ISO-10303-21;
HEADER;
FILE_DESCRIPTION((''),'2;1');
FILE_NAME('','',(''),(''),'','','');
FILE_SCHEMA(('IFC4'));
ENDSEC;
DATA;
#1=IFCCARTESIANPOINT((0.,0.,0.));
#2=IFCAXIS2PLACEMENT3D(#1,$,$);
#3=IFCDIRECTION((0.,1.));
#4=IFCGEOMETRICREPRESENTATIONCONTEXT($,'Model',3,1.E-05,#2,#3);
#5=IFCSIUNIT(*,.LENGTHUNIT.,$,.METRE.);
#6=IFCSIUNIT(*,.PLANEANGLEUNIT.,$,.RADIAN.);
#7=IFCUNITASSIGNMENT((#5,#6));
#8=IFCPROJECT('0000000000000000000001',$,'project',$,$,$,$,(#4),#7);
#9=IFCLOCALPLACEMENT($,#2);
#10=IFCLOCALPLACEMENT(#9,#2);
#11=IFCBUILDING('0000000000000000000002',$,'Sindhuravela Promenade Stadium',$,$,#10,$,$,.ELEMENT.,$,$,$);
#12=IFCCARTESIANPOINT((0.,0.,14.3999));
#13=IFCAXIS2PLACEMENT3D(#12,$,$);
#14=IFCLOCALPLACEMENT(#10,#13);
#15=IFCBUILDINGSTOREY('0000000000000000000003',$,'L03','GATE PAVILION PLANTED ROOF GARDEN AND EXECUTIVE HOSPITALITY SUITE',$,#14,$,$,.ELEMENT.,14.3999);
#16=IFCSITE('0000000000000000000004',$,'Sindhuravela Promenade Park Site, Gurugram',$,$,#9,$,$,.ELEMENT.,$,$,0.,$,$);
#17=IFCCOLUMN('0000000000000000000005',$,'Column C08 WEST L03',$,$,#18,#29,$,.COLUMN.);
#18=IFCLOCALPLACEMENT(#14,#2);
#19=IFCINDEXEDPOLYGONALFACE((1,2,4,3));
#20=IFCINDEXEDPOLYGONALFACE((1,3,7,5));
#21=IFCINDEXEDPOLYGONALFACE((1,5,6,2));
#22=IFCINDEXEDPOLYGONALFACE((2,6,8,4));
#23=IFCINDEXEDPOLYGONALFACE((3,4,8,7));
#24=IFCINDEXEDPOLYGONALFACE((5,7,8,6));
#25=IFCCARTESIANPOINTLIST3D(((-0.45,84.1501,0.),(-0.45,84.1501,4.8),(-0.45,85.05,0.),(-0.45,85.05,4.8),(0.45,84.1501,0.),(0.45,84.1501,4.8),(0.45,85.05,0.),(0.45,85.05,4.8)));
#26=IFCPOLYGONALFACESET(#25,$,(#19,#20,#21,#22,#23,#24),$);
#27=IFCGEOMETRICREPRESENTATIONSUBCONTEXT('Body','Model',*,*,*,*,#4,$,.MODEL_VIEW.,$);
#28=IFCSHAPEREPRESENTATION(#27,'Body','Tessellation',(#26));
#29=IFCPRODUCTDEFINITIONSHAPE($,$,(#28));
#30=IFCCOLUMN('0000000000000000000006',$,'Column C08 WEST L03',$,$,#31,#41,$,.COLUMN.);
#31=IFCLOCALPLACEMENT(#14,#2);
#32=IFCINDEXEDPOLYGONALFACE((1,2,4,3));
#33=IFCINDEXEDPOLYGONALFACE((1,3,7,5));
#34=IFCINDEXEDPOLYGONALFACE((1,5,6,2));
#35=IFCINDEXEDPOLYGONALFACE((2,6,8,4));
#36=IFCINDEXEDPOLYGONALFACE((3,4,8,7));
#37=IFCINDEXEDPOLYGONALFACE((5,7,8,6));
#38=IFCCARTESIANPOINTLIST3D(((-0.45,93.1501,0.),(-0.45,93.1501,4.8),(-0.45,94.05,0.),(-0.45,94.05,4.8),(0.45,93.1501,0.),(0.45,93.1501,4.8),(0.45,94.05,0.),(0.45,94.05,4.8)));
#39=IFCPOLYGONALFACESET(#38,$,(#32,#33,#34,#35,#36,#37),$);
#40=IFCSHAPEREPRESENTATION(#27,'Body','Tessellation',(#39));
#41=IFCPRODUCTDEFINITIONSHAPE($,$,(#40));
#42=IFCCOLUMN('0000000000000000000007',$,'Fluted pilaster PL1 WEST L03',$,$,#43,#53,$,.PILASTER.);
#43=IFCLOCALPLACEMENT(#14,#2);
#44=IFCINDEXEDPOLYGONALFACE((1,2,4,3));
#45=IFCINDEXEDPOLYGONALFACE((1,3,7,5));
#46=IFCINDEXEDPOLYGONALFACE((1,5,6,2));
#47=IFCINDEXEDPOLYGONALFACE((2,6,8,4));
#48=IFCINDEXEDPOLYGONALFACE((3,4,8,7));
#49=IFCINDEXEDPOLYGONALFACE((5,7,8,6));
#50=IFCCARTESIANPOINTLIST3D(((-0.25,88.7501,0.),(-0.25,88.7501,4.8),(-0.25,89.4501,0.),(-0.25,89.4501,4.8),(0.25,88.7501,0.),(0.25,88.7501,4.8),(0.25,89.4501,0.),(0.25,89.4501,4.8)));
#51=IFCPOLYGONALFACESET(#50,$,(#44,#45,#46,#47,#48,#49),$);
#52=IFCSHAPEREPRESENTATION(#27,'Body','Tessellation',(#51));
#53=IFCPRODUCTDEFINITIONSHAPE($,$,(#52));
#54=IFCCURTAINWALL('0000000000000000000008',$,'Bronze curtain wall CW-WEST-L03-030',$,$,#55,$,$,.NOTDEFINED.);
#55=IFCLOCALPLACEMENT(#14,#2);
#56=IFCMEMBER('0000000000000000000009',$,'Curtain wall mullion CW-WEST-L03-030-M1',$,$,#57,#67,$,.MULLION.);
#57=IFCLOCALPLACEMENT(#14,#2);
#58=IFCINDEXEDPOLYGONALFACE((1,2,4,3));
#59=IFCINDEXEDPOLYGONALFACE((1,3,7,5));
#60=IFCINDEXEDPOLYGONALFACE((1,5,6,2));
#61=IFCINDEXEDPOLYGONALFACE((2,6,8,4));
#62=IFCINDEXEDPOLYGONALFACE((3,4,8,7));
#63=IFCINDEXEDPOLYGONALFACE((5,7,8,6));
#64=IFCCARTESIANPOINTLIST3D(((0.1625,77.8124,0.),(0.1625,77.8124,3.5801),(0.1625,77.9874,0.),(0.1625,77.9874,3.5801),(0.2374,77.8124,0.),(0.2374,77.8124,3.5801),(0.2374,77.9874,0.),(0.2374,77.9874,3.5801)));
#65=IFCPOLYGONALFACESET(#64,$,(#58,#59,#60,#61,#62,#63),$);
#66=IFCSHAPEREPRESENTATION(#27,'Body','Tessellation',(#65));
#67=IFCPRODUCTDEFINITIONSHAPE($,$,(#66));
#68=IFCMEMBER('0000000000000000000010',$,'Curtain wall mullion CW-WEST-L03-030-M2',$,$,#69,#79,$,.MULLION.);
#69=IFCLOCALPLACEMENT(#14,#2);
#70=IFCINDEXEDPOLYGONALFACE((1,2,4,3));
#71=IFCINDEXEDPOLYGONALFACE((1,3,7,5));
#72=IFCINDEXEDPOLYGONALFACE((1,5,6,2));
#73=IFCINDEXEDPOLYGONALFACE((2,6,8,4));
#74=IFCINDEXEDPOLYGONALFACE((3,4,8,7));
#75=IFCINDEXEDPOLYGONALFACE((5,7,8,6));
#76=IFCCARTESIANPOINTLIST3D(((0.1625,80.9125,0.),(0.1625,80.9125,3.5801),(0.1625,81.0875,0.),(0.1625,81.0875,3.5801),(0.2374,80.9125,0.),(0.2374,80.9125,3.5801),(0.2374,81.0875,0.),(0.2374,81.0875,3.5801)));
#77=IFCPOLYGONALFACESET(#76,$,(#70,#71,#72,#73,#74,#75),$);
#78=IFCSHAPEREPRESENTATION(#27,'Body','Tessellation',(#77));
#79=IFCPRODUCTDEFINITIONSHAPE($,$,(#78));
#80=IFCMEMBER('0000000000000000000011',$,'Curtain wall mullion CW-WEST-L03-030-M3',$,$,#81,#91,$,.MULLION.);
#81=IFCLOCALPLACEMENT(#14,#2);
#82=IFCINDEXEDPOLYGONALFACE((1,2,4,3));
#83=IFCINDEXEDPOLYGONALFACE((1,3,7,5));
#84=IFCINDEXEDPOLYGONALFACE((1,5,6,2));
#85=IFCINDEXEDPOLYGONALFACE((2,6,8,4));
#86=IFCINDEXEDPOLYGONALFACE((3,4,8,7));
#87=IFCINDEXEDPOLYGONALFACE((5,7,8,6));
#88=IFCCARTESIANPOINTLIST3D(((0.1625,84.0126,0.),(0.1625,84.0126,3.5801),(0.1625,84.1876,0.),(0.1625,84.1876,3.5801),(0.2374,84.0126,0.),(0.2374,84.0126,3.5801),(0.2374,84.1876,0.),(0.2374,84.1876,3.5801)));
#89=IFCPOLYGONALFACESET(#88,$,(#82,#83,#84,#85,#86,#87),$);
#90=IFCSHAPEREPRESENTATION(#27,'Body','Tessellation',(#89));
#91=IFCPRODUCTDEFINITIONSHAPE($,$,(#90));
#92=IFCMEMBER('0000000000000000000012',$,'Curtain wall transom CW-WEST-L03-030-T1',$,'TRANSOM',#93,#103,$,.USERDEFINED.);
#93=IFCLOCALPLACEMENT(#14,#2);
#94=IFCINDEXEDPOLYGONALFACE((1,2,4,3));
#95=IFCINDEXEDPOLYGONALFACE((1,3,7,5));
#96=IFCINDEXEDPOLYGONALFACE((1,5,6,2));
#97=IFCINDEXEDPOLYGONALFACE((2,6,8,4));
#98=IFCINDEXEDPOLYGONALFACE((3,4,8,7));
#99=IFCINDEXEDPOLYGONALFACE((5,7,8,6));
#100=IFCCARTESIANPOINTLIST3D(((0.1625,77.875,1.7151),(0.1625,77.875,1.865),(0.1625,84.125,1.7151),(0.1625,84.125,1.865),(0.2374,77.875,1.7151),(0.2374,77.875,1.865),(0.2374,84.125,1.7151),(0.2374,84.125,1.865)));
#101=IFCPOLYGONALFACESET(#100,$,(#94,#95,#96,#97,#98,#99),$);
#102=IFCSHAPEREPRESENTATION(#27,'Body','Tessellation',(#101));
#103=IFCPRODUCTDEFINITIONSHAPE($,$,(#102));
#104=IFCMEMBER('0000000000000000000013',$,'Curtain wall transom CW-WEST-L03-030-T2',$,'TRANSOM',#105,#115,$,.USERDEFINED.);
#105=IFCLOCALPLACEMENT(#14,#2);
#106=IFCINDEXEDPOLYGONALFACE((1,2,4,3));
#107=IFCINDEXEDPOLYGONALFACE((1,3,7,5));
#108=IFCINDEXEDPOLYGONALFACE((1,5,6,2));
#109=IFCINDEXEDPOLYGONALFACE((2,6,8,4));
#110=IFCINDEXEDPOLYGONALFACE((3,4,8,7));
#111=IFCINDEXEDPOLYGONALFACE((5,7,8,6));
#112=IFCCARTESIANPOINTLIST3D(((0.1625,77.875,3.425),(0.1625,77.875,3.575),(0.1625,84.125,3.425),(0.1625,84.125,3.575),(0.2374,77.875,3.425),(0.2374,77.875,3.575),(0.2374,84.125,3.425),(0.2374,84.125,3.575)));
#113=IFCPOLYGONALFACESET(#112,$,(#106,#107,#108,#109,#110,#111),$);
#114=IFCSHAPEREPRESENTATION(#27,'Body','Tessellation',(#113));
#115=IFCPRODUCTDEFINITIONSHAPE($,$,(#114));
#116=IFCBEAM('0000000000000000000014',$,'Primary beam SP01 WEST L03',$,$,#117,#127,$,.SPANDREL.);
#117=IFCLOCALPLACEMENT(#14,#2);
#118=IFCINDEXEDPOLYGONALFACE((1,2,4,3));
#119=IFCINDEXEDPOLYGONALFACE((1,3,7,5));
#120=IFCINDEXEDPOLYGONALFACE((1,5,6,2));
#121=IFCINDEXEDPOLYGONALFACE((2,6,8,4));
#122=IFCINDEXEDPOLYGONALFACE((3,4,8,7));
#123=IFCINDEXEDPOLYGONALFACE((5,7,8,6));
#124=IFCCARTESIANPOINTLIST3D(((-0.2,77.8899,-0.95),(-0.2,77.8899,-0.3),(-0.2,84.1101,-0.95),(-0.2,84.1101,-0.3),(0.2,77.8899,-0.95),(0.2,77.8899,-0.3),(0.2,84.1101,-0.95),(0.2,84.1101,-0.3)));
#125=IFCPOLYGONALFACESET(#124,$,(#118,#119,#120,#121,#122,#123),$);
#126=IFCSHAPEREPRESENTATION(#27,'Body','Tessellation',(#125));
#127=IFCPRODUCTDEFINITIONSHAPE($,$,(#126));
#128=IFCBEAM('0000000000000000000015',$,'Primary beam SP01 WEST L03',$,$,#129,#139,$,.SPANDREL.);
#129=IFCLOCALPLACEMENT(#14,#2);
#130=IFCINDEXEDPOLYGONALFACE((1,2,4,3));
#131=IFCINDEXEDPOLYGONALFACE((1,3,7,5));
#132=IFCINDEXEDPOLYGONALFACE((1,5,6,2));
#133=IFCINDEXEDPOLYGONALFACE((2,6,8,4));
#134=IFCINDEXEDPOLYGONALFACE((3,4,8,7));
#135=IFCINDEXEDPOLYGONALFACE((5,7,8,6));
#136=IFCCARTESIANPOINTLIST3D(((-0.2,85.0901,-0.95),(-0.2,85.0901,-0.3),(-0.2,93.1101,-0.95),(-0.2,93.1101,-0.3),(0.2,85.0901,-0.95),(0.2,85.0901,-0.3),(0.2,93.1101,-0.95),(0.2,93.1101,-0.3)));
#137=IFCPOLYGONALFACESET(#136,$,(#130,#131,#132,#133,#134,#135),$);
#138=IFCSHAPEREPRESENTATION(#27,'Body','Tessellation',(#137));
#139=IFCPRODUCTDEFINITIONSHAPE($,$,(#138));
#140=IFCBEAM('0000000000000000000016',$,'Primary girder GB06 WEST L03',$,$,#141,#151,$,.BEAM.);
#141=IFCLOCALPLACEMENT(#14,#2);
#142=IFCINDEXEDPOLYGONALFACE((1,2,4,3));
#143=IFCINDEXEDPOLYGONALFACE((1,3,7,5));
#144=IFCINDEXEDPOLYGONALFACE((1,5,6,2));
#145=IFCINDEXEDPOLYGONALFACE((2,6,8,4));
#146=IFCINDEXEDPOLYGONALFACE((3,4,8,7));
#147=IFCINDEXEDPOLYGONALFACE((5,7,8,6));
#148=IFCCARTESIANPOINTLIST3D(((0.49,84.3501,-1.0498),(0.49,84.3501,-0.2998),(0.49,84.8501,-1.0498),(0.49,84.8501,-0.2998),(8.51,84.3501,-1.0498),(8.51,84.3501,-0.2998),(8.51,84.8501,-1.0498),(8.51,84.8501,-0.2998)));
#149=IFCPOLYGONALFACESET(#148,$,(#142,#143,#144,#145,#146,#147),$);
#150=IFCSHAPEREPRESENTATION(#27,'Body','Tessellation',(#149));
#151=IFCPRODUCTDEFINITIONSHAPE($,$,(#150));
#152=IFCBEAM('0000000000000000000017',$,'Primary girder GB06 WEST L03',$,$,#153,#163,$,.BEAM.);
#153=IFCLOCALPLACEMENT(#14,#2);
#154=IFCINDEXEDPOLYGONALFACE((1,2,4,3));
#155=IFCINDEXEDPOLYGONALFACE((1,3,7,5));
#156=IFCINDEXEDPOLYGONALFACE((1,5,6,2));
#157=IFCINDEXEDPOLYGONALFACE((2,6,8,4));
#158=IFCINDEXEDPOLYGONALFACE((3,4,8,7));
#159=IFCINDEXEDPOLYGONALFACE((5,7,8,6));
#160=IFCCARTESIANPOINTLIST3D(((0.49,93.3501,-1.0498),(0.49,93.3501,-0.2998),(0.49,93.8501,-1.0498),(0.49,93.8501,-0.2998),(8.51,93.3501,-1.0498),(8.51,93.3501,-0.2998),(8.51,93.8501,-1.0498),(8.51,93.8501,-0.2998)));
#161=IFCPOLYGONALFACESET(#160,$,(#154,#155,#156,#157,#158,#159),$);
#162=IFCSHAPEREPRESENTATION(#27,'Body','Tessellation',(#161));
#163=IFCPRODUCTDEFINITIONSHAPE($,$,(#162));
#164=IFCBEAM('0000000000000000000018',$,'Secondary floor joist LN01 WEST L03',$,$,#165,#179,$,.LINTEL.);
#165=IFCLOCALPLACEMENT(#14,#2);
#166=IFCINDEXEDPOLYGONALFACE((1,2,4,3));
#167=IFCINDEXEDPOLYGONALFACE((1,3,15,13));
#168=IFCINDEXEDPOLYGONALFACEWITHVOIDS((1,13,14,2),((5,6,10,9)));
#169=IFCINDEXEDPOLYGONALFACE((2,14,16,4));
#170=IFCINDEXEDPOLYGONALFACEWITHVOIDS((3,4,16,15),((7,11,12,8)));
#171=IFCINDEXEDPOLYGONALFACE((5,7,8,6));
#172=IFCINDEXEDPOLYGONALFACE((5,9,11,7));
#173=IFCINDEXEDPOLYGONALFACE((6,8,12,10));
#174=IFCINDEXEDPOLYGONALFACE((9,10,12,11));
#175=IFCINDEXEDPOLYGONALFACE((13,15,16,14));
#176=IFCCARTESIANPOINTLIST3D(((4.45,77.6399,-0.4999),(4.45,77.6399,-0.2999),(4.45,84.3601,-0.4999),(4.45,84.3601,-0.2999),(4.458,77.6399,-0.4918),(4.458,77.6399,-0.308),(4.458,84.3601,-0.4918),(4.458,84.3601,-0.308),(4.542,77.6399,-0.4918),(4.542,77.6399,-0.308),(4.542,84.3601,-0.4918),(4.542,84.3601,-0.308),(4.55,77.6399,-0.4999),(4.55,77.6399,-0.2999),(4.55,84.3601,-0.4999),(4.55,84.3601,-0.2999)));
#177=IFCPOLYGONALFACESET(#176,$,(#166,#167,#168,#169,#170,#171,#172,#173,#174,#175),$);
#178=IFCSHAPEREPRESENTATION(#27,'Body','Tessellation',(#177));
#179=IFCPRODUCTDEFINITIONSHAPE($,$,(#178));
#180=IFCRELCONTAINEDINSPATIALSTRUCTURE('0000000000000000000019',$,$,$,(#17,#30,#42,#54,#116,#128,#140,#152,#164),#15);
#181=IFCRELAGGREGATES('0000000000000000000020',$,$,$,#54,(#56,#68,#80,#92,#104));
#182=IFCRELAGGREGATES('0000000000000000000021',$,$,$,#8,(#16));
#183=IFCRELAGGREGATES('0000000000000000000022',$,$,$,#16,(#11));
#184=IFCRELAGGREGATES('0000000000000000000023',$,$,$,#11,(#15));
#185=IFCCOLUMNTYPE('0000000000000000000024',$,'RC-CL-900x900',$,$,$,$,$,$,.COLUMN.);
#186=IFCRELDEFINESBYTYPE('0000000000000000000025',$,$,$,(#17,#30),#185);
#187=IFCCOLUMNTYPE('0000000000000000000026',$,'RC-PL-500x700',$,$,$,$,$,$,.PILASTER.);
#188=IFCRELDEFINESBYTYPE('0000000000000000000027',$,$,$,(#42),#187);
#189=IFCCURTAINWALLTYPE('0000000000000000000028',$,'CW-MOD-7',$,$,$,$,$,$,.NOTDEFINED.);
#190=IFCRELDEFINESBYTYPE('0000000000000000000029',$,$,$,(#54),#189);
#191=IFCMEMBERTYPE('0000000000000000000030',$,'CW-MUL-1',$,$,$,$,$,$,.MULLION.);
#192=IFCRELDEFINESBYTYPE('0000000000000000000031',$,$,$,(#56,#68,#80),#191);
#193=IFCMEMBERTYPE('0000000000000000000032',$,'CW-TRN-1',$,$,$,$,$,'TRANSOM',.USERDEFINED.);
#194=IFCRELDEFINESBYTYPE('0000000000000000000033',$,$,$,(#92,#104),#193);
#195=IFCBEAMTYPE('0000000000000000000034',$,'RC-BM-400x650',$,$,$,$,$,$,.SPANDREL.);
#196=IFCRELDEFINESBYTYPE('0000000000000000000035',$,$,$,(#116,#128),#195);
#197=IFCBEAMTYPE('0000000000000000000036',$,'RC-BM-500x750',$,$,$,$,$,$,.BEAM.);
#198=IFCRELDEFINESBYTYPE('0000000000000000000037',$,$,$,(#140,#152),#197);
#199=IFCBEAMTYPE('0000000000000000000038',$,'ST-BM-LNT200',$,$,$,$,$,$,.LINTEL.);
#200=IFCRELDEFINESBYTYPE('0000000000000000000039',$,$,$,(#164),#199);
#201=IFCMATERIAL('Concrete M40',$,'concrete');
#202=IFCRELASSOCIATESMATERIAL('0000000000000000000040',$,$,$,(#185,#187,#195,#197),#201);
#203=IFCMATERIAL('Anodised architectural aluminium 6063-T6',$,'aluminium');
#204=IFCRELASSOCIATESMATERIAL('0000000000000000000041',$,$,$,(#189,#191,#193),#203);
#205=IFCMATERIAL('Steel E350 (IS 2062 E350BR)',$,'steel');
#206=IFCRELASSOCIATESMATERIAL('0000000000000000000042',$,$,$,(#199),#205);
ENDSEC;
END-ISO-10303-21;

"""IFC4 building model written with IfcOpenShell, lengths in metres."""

from ifc_helpers import new_model, si_unit, direction, frame, origin, origin_2d, place, context, subcontext, project, spatial, rectangle, hollow_rectangle, extrude, material, material_profile, profile_set, type_object, element, aggregate, save


model = new_model("IFC4")

# Units and contexts
model_context = context("Model", 3, precision=1e-05, world=origin(), true_north=direction((0.0, 1.0)))
body_context = subcontext(model_context, "Body", "Model", "MODEL_VIEW")
ifc_project = project(units=[si_unit("LENGTHUNIT", "METRE"), si_unit("PLANEANGLEUNIT", "RADIAN")], contexts=[model_context])

# Site, building, storey
site_placement = place(None, origin())
site = spatial("IfcSite", under=ifc_project, at=site_placement, Name="Sindhuravela Promenade Park Site, Gurugram", CompositionType="ELEMENT", RefElevation=0.0)
building_placement = place(site_placement, origin())
building = spatial("IfcBuilding", under=site, at=building_placement, Name="Sindhuravela Promenade Stadium", CompositionType="ELEMENT")
storey_placement = place(building_placement, frame((0.0, 0.0, 14.3999)))
storey = spatial("IfcBuildingStorey", under=building, at=storey_placement, Name="L03", Description="GATE PAVILION PLANTED ROOF GARDEN AND EXECUTIVE HOSPITALITY SUITE", CompositionType="ELEMENT", Elevation=14.3999)

# Columns
ifc_material_1 = material(Name="Concrete M40", Category="concrete")
ifc_material_profile_1 = material_profile(ifc_material_1, rectangle(XDim=0.8999, YDim=0.8999, at=origin_2d()), Name="RC 900x900")
ifc_profile_set_1 = profile_set([ifc_material_profile_1], Name="Concrete M40")
column_type_1 = type_object("IfcColumnType", Name="RC-CL-900x900", PredefinedType="COLUMN", material=ifc_profile_set_1)
for number, where, z_axis, x_axis, name in (
    (1, (0.0, 84.6001, 0.0), (0.0, 0.0, 1.0), (1.0, 0.0, 0.0), "Column C08 WEST L03"),
    (2, (0.0, 93.6001, 0.0), (0.0, 0.0, 1.0), (1.0, 0.0, 0.0), "Column C08 WEST L03"),
):
    element("IfcColumn", number, at=place(storey_placement, frame(where, z_axis=z_axis, x_axis=x_axis)), inside=storey, type_object=column_type_1, Name=name, PredefinedType="COLUMN", context=body_context, shape_type="SweptSolid", body=[
        extrude(rectangle(XDim=0.8999, YDim=0.8999, at=origin_2d()), origin(), (0.0, 0.0, 1.0), 4.8),
    ])
ifc_material_profile_2 = material_profile(ifc_material_1, rectangle(XDim=0.5, YDim=0.7, at=origin_2d()), Name="PIL 500x700")
ifc_profile_set_2 = profile_set([ifc_material_profile_2], Name="Concrete M40")
column_type_2 = type_object("IfcColumnType", Name="RC-PL-500x700", PredefinedType="PILASTER", material=ifc_profile_set_2)
column_placement = place(storey_placement, frame((0.0, 89.1001, 0.0), z_axis=(0.0, 0.0, 1.0), x_axis=(1.0, 0.0, 0.0)))
element("IfcColumn", 3, at=column_placement, inside=storey, type_object=column_type_2, Name="Fluted pilaster PL1 WEST L03", PredefinedType="PILASTER", context=body_context, shape_type="SweptSolid", body=[
    extrude(rectangle(XDim=0.5, YDim=0.7, at=origin_2d()), origin(), (0.0, 0.0, 1.0), 4.8),
])

# Curtain wall, members
ifc_material_2 = material(Name="Anodised architectural aluminium 6063-T6", Category="aluminium")
curtain_wall_type = type_object("IfcCurtainWallType", Name="CW-MOD-7", PredefinedType="NOTDEFINED", material=ifc_material_2)
curtain_wall_placement = place(storey_placement, origin())
curtain_wall = element("IfcCurtainWall", 4, at=curtain_wall_placement, inside=storey, type_object=curtain_wall_type, Name="Bronze curtain wall CW-WEST-L03-030", PredefinedType="NOTDEFINED")
ifc_material_profile_3 = material_profile(ifc_material_2, rectangle(XDim=0.075, YDim=0.175, at=origin_2d()), Name="ALU MULL 75x175")
ifc_profile_set_3 = profile_set([ifc_material_profile_3], Name="Anodised architectural aluminium 6063-T6")
member_type_1 = type_object("IfcMemberType", Name="CW-MUL-1", PredefinedType="MULLION", material=ifc_profile_set_3)
member_1_placement = place(storey_placement, frame((0.2, 77.8999, 0.0), z_axis=(0.0, 0.0, 1.0), x_axis=(1.0, 0.0, 0.0)))
member_1 = element("IfcMember", 5, at=member_1_placement, type_object=member_type_1, Name="Curtain wall mullion CW-WEST-L03-030-M1", PredefinedType="MULLION", context=body_context, shape_type="SweptSolid", body=[
    extrude(rectangle(XDim=0.075, YDim=0.175, at=origin_2d()), origin(), (0.0, 0.0, 1.0), 3.5801),
])
member_2_placement = place(storey_placement, frame((0.2, 81.0, 0.0), z_axis=(0.0, 0.0, 1.0), x_axis=(1.0, 0.0, 0.0)))
member_2 = element("IfcMember", 6, at=member_2_placement, type_object=member_type_1, Name="Curtain wall mullion CW-WEST-L03-030-M2", PredefinedType="MULLION", context=body_context, shape_type="SweptSolid", body=[
    extrude(rectangle(XDim=0.075, YDim=0.175, at=origin_2d()), origin(), (0.0, 0.0, 1.0), 3.5801),
])
member_3_placement = place(storey_placement, frame((0.2, 84.1001, 0.0), z_axis=(0.0, 0.0, 1.0), x_axis=(1.0, 0.0, 0.0)))
member_3 = element("IfcMember", 7, at=member_3_placement, type_object=member_type_1, Name="Curtain wall mullion CW-WEST-L03-030-M3", PredefinedType="MULLION", context=body_context, shape_type="SweptSolid", body=[
    extrude(rectangle(XDim=0.075, YDim=0.175, at=origin_2d()), origin(), (0.0, 0.0, 1.0), 3.5801),
])
ifc_material_profile_4 = material_profile(ifc_material_2, rectangle(XDim=0.075, YDim=0.1499, at=origin_2d()), Name="ALU TRAN 75x150")
ifc_profile_set_4 = profile_set([ifc_material_profile_4], Name="Anodised architectural aluminium 6063-T6")
member_type_2 = type_object("IfcMemberType", Name="CW-TRN-1", ElementType="TRANSOM", PredefinedType="USERDEFINED", material=ifc_profile_set_4)
member_4_placement = place(storey_placement, frame((0.2, 77.875, 1.79), z_axis=(0.0, 1.0, 0.0), x_axis=(-1.0, 0.0, 0.0)))
member_4 = element("IfcMember", 8, at=member_4_placement, type_object=member_type_2, Name="Curtain wall transom CW-WEST-L03-030-T1", ObjectType="TRANSOM", PredefinedType="USERDEFINED", context=body_context, shape_type="SweptSolid", body=[
    extrude(rectangle(XDim=0.075, YDim=0.1499, at=origin_2d()), origin(), (0.0, 0.0, 1.0), 6.25),
])
member_5_placement = place(storey_placement, frame((0.2, 77.875, 3.5), z_axis=(0.0, 1.0, 0.0), x_axis=(-1.0, 0.0, 0.0)))
member_5 = element("IfcMember", 9, at=member_5_placement, type_object=member_type_2, Name="Curtain wall transom CW-WEST-L03-030-T2", ObjectType="TRANSOM", PredefinedType="USERDEFINED", context=body_context, shape_type="SweptSolid", body=[
    extrude(rectangle(XDim=0.075, YDim=0.1499, at=origin_2d()), origin(), (0.0, 0.0, 1.0), 6.25),
])

# Beams
ifc_material_profile_5 = material_profile(ifc_material_1, rectangle(XDim=0.3999, YDim=0.6499, at=origin_2d()), Name="RC 400x650")
ifc_profile_set_5 = profile_set([ifc_material_profile_5], Name="Concrete M40")
beam_type_1 = type_object("IfcBeamType", Name="RC-BM-400x650", PredefinedType="SPANDREL", material=ifc_profile_set_5)
beam_1_placement = place(storey_placement, frame((0.0, 77.8899, -0.625), z_axis=(0.0, 1.0, 0.0), x_axis=(-1.0, 0.0, 0.0)))
element("IfcBeam", 10, at=beam_1_placement, inside=storey, type_object=beam_type_1, Name="Primary beam SP01 WEST L03", PredefinedType="SPANDREL", context=body_context, shape_type="SweptSolid", body=[
    extrude(rectangle(XDim=0.3999, YDim=0.6499, at=origin_2d()), origin(), (0.0, 0.0, 1.0), 6.2202),
])
beam_2_placement = place(storey_placement, frame((0.0, 85.0901, -0.625), z_axis=(0.0, 1.0, 0.0), x_axis=(-1.0, 0.0, 0.0)))
element("IfcBeam", 11, at=beam_2_placement, inside=storey, type_object=beam_type_1, Name="Primary beam SP01 WEST L03", PredefinedType="SPANDREL", context=body_context, shape_type="SweptSolid", body=[
    extrude(rectangle(XDim=0.3999, YDim=0.6499, at=origin_2d()), origin(), (0.0, 0.0, 1.0), 8.02),
])
ifc_material_profile_6 = material_profile(ifc_material_1, rectangle(XDim=0.5, YDim=0.75, at=origin_2d()), Name="RC 500x750")
ifc_profile_set_6 = profile_set([ifc_material_profile_6], Name="Concrete M40")
beam_type_2 = type_object("IfcBeamType", Name="RC-BM-500x750", PredefinedType="BEAM", material=ifc_profile_set_6)
for number, where, z_axis, x_axis, name in (
    (12, (0.49, 84.6001, -0.6748), (1.0, 0.0, 0.0), (0.0, 1.0, 0.0), "Primary girder GB06 WEST L03"),
    (13, (0.49, 93.6001, -0.6748), (1.0, 0.0, 0.0), (0.0, 1.0, 0.0), "Primary girder GB06 WEST L03"),
):
    element("IfcBeam", number, at=place(storey_placement, frame(where, z_axis=z_axis, x_axis=x_axis)), inside=storey, type_object=beam_type_2, Name=name, PredefinedType="BEAM", context=body_context, shape_type="SweptSolid", body=[
        extrude(rectangle(XDim=0.5, YDim=0.75, at=origin_2d()), origin(), (0.0, 0.0, 1.0), 8.02),
    ])
ifc_material_3 = material(Name="Steel E350 (IS 2062 E350BR)", Category="steel")
ifc_material_profile_7 = material_profile(ifc_material_3, hollow_rectangle(XDim=0.1001, YDim=0.2, WallThickness=0.0081, at=origin_2d()), Name="RHS 200x100x8")
ifc_profile_set_7 = profile_set([ifc_material_profile_7], Name="Steel E350 (IS 2062 E350BR)")
beam_type_3 = type_object("IfcBeamType", Name="ST-BM-LNT200", PredefinedType="LINTEL", material=ifc_profile_set_7)
beam_3_placement = place(storey_placement, frame((4.5, 77.6399, -0.3999), z_axis=(0.0, 1.0, 0.0), x_axis=(-1.0, 0.0, 0.0)))
element("IfcBeam", 14, at=beam_3_placement, inside=storey, type_object=beam_type_3, Name="Secondary floor joist LN01 WEST L03", PredefinedType="LINTEL", context=body_context, shape_type="SweptSolid", body=[
    extrude(hollow_rectangle(XDim=0.1001, YDim=0.2, WallThickness=0.0081, at=origin_2d()), origin(), (0.0, 0.0, 1.0), 6.7202),
])

aggregate(curtain_wall, [member_1, member_2, member_3, member_4, member_5])

save(model, "model.ifc")
